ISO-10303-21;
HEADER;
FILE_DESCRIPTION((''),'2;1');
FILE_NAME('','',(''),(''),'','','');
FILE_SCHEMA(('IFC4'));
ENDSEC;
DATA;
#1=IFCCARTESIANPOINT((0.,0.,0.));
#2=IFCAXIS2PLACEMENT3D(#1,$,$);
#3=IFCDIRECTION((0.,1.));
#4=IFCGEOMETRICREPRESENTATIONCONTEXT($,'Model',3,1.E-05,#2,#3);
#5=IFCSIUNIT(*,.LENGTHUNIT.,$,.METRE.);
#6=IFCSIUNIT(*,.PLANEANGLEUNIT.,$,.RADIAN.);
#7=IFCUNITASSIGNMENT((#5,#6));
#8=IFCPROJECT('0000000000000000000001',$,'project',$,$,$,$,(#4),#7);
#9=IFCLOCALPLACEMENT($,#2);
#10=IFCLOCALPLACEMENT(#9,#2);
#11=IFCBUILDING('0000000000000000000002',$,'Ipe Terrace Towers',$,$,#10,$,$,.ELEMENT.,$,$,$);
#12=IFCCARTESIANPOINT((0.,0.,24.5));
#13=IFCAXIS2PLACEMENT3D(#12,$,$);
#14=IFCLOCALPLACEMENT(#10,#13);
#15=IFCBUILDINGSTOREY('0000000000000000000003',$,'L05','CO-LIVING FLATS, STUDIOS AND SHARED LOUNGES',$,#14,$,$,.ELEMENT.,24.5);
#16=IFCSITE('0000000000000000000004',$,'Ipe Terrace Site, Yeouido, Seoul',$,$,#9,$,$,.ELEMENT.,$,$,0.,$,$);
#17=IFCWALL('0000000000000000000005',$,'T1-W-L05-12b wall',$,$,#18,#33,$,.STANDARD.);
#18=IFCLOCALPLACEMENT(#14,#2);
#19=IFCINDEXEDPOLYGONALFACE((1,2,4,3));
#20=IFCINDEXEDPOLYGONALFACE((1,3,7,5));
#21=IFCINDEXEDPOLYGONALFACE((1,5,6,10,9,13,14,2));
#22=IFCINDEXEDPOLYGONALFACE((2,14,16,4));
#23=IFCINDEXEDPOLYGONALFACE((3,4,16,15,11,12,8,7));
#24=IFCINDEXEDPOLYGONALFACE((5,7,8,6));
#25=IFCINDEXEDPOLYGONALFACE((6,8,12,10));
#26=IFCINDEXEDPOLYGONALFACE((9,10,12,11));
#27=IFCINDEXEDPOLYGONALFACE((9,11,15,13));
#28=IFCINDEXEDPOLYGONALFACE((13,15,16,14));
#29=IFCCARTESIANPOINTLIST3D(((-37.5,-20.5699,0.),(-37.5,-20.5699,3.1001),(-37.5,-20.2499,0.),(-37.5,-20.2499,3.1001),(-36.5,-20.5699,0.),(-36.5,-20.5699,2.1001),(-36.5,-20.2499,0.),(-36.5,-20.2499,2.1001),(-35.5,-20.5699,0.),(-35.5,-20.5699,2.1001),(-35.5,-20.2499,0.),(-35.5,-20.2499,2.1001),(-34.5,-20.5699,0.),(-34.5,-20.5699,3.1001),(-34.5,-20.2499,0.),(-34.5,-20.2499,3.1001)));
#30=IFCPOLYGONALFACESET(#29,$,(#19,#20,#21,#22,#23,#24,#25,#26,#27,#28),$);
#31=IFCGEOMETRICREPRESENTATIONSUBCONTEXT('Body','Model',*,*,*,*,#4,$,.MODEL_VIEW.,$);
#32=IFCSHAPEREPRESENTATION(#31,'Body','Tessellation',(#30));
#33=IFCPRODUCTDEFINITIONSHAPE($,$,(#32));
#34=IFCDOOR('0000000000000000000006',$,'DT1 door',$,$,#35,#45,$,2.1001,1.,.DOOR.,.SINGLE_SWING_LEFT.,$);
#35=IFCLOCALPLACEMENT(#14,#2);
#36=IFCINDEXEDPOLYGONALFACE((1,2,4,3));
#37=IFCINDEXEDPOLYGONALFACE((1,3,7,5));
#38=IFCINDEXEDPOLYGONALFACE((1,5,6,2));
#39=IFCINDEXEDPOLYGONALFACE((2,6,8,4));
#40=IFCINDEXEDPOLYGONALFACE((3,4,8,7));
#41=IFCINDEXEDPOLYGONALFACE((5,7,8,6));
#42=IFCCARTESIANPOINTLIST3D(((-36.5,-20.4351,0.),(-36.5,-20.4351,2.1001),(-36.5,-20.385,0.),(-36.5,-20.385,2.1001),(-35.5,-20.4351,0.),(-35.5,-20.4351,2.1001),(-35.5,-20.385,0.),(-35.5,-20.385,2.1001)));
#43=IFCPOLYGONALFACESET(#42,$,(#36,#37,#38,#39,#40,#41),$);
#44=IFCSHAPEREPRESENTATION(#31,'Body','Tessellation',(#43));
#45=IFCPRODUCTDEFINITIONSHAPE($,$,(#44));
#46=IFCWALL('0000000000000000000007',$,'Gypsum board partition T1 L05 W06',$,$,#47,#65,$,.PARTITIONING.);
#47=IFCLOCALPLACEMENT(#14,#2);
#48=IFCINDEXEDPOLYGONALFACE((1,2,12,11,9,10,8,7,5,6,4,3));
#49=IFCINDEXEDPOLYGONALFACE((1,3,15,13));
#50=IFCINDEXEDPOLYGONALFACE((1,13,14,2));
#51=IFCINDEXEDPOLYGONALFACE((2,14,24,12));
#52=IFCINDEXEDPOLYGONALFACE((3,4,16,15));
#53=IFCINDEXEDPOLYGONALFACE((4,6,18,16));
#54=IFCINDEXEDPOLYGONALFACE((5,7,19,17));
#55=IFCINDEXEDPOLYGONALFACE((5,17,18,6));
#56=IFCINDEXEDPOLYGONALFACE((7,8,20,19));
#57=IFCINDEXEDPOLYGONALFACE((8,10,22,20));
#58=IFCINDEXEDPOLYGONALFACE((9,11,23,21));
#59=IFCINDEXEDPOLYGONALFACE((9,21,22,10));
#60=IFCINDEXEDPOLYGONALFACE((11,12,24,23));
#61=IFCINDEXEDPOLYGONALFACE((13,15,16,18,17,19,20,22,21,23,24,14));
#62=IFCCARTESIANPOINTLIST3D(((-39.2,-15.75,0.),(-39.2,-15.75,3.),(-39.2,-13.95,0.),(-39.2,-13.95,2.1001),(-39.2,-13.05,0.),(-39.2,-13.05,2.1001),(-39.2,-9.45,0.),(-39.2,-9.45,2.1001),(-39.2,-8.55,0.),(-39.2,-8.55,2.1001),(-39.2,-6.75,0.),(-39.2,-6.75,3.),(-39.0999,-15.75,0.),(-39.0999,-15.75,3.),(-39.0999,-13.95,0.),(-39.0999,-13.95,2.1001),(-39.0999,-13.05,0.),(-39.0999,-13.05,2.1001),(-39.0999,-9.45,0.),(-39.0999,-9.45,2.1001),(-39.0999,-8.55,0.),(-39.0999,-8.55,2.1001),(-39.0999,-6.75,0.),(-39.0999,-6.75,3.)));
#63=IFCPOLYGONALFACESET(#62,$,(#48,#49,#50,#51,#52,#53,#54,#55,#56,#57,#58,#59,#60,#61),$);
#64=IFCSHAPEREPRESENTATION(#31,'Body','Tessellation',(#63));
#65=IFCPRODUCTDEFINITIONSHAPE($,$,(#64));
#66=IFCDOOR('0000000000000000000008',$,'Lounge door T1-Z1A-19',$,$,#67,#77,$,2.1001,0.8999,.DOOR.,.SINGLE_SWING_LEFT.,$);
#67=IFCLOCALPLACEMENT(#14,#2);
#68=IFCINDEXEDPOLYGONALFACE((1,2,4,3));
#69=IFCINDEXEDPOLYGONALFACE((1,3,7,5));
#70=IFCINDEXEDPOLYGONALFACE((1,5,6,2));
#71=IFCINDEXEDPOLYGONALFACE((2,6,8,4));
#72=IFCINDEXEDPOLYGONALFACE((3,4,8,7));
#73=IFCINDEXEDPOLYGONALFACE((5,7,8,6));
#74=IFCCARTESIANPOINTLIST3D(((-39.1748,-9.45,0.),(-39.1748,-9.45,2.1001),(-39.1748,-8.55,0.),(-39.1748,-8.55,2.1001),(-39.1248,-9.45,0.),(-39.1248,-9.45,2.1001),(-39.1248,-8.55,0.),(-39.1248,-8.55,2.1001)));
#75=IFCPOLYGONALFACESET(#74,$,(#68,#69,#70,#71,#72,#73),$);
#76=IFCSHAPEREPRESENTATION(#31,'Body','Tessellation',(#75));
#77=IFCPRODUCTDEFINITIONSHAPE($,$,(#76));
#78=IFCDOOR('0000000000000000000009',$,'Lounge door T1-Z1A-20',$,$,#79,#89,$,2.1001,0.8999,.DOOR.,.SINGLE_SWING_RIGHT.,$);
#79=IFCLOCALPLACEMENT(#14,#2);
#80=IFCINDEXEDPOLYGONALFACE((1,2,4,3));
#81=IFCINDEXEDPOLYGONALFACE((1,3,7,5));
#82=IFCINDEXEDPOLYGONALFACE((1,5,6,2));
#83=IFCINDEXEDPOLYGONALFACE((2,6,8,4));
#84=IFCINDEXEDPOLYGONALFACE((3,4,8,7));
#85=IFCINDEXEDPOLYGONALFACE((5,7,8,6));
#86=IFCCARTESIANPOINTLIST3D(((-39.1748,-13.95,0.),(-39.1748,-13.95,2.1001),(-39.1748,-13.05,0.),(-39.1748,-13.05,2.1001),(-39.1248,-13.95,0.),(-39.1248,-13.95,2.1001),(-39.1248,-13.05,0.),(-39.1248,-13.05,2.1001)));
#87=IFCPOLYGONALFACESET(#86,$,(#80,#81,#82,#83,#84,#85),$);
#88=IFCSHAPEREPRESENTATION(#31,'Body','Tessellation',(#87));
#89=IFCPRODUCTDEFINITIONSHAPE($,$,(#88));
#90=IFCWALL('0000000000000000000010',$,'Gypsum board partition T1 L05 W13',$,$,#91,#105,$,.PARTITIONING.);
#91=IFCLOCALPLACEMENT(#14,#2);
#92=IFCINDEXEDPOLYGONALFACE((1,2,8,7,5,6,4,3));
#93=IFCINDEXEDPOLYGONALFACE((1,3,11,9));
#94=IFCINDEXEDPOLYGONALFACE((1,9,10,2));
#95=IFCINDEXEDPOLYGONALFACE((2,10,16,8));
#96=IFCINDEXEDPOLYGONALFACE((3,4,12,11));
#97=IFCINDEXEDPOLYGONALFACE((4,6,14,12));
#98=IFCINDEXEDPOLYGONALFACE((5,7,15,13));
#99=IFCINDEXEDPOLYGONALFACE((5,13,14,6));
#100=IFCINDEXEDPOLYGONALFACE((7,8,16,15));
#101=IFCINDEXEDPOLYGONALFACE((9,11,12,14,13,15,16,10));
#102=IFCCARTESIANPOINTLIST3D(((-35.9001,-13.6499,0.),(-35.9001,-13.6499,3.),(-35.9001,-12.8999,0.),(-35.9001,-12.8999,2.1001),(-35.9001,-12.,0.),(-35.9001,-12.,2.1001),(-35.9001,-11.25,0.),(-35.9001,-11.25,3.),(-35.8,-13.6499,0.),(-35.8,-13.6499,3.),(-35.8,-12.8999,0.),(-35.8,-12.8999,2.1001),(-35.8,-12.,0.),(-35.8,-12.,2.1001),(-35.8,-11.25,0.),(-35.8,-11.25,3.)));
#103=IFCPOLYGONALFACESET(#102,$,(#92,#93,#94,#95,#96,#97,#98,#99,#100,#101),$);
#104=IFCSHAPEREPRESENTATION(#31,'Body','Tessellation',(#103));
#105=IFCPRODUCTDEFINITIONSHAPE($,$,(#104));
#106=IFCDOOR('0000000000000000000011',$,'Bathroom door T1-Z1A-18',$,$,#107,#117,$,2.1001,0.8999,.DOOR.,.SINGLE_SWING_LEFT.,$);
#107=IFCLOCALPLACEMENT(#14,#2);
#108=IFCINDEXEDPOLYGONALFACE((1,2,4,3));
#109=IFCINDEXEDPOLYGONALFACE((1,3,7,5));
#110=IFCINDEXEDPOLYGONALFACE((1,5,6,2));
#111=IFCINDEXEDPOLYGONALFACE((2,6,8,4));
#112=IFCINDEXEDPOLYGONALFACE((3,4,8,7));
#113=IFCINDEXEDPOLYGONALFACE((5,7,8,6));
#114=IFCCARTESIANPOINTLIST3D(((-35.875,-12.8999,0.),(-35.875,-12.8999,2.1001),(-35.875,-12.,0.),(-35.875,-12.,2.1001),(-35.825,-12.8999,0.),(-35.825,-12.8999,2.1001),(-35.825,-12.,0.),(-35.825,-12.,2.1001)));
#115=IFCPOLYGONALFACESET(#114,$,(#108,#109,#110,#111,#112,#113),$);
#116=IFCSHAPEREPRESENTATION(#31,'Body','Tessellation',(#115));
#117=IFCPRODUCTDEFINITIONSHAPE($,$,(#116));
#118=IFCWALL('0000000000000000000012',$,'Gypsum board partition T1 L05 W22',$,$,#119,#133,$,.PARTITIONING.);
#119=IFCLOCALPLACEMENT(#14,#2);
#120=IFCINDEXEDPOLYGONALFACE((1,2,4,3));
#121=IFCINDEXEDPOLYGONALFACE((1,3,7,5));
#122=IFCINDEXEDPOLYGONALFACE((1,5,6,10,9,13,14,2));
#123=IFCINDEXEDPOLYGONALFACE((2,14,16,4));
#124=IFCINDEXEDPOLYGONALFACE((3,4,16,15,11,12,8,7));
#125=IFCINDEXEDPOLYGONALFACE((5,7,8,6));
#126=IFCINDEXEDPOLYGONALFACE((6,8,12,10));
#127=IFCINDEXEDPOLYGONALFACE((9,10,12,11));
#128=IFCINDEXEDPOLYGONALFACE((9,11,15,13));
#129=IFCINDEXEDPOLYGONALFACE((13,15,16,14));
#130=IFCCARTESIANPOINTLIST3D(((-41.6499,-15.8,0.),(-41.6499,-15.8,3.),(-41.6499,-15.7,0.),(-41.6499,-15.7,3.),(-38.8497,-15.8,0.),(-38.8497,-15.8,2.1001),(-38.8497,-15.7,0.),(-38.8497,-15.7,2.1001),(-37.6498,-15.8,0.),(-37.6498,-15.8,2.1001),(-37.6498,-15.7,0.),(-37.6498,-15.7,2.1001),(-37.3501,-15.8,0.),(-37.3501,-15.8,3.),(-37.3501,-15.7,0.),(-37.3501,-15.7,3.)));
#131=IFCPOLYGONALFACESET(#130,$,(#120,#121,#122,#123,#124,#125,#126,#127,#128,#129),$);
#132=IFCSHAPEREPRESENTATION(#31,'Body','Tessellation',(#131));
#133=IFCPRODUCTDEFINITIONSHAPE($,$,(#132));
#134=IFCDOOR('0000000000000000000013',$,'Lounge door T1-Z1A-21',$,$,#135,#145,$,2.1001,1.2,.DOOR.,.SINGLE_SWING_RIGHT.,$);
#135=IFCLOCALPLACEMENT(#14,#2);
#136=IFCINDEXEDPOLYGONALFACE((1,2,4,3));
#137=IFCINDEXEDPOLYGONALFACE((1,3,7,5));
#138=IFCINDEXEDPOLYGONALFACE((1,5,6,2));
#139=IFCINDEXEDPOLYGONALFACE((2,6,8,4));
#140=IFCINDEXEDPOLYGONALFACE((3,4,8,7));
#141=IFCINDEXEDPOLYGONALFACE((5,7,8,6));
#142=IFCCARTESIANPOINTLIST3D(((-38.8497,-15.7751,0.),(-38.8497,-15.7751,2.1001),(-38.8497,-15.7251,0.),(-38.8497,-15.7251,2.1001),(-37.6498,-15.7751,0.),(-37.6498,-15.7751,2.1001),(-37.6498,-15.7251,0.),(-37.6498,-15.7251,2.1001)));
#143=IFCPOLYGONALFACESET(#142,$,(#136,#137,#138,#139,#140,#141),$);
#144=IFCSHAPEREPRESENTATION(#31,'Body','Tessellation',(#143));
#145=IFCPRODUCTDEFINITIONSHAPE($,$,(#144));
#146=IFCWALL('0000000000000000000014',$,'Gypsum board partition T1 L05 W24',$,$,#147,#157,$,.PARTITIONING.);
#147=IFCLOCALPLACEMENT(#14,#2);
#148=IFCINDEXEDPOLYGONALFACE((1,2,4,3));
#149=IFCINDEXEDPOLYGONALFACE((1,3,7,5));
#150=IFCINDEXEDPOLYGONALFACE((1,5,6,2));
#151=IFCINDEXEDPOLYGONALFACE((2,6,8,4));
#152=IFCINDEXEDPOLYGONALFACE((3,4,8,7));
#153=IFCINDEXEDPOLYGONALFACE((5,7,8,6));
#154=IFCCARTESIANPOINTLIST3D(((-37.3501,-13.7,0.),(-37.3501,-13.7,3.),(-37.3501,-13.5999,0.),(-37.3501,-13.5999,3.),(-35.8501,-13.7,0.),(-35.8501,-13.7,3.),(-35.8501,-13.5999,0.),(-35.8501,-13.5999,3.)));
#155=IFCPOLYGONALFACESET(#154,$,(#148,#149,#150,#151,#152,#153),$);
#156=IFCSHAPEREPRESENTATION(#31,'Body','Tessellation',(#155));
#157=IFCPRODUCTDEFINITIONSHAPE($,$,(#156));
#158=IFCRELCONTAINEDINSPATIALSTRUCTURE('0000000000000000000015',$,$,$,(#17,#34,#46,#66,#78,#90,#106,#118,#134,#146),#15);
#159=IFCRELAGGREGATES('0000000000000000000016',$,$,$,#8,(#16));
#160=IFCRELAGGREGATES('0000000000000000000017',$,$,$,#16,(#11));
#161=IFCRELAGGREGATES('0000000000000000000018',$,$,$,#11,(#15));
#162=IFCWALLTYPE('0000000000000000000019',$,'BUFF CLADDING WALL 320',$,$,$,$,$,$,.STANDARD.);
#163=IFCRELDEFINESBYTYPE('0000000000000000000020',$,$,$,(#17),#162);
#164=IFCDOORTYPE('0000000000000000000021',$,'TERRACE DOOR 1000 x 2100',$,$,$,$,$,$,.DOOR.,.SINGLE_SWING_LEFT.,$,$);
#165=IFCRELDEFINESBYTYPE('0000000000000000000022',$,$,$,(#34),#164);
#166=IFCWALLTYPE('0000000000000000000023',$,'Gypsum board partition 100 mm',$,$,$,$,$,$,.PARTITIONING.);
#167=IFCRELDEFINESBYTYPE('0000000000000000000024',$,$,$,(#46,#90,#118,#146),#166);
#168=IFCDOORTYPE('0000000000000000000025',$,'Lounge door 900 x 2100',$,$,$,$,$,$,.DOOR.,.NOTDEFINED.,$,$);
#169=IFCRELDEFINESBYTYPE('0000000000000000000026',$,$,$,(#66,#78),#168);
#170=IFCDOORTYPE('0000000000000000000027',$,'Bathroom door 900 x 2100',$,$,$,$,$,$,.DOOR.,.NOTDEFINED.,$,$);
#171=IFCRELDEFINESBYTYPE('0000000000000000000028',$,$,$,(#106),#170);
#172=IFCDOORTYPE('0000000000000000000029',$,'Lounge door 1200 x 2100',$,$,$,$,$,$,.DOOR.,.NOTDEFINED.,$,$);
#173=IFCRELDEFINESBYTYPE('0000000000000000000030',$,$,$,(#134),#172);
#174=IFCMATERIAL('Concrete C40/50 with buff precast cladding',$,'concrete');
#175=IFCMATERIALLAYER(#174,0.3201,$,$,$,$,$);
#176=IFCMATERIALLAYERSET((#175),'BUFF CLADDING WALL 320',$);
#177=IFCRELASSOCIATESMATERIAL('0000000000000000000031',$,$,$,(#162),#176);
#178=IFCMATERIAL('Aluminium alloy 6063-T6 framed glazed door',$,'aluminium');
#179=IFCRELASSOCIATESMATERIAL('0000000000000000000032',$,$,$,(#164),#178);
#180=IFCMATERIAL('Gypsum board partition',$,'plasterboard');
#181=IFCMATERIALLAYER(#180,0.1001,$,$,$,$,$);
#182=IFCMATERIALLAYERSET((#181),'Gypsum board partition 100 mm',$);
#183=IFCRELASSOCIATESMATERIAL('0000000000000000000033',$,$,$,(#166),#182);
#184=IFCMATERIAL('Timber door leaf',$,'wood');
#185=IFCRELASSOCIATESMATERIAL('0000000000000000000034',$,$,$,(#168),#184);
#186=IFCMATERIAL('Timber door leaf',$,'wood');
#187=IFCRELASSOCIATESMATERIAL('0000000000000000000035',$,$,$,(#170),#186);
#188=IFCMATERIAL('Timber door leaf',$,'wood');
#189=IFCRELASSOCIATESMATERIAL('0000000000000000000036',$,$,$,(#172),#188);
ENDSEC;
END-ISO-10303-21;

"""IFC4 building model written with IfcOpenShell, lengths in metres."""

from ifc_helpers import new_model, si_unit, direction, frame, frame_2d, origin, place, context, subcontext, project, spatial, rectangle, extrude, material, layer, layer_set, type_object, element, fill, save


model = new_model("IFC4")

# Units and contexts
model_context = context("Model", 3, precision=1e-05, world=origin(), true_north=direction((0.0, 1.0)))
body_context = subcontext(model_context, "Body", "Model", "MODEL_VIEW")
ifc_project = project(units=[si_unit("LENGTHUNIT", "METRE"), si_unit("PLANEANGLEUNIT", "RADIAN")], contexts=[model_context])

# Site, building, storey
site_placement = place(None, origin())
site = spatial("IfcSite", under=ifc_project, at=site_placement, Name="Ipe Terrace Site, Yeouido, Seoul", CompositionType="ELEMENT", RefElevation=0.0)
building_placement = place(site_placement, origin())
building = spatial("IfcBuilding", under=site, at=building_placement, Name="Ipe Terrace Towers", CompositionType="ELEMENT")
storey_placement = place(building_placement, frame((0.0, 0.0, 24.5)))
storey = spatial("IfcBuildingStorey", under=building, at=storey_placement, Name="L05", Description="CO-LIVING FLATS, STUDIOS AND SHARED LOUNGES", CompositionType="ELEMENT", Elevation=24.5)

# Shared definitions
ifc_material_1 = material(Name="Concrete C40/50 with buff precast cladding", Category="concrete")
ifc_layer_1 = layer(ifc_material_1, 0.3201)
ifc_layer_set_1 = layer_set([ifc_layer_1], Name="BUFF CLADDING WALL 320")
wall_type_1 = type_object("IfcWallType", Name="BUFF CLADDING WALL 320", PredefinedType="STANDARD", material=ifc_layer_set_1)

# Wall, opening, door
wall_1_placement = place(storey_placement, frame((-37.5, -20.4099, 0.0), z_axis=(0.0, 0.0, 1.0), x_axis=(1.0, 0.0, 0.0)))
wall_1 = element("IfcWall", 1, at=wall_1_placement, inside=storey, type_object=wall_type_1, Name="T1-W-L05-12b wall", PredefinedType="STANDARD", context=body_context, shape_type="SweptSolid", body=[
    extrude(rectangle(XDim=3.0, YDim=0.3201, at=frame_2d((1.5, 0.0))), origin(), (0.0, 0.0, 1.0), 3.1001),
])
opening_1_placement = place(wall_1_placement, frame((1.0, 0.0, 0.0)))
opening_1 = element("IfcOpeningElement", 2, at=opening_1_placement, cuts=wall_1, PredefinedType="OPENING", context=body_context, shape_type="SweptSolid", body=[
    extrude(rectangle(XDim=1.0, YDim=2.1001, at=frame_2d((0.5, 1.05))), frame((0.0, 0.1699, 0.0), z_axis=(0.0, -1.0, 0.0), x_axis=(1.0, 0.0, 0.0)), (0.0, 0.0, 1.0), 0.3401),
])
ifc_material_2 = material(Name="Aluminium alloy 6063-T6 framed glazed door", Category="aluminium")
door_type_1 = type_object("IfcDoorType", Name="TERRACE DOOR 1000 x 2100", OperationType="SINGLE_SWING_LEFT", PredefinedType="DOOR", material=ifc_material_2)
door_1_placement = place(opening_1_placement, origin())
door_1 = element("IfcDoor", 3, at=door_1_placement, inside=storey, type_object=door_type_1, Name="DT1 door", OperationType="SINGLE_SWING_LEFT", OverallHeight=2.1001, OverallWidth=1.0, PredefinedType="DOOR", context=body_context, shape_type="SweptSolid", body=[
    extrude(rectangle(XDim=1.0, YDim=2.1001, at=frame_2d((0.5, 1.05))), frame((0.0, 0.0249, 0.0), z_axis=(0.0, -1.0, 0.0), x_axis=(1.0, 0.0, 0.0)), (0.0, 0.0, 1.0), 0.05),
])
fill(opening_1, door_1)

# Wall, openings, doors
ifc_material_3 = material(Name="Gypsum board partition", Category="plasterboard")
ifc_layer_2 = layer(ifc_material_3, 0.1001)
ifc_layer_set_2 = layer_set([ifc_layer_2], Name="Gypsum board partition 100 mm")
wall_type_2 = type_object("IfcWallType", Name="Gypsum board partition 100 mm", PredefinedType="PARTITIONING", material=ifc_layer_set_2)
wall_2_placement = place(storey_placement, frame((-39.1499, -15.75, 0.0), z_axis=(0.0, 0.0, 1.0), x_axis=(0.0, 1.0, 0.0)))
wall_2 = element("IfcWall", 4, at=wall_2_placement, inside=storey, type_object=wall_type_2, Name="Gypsum board partition T1 L05 W06", PredefinedType="PARTITIONING", context=body_context, shape_type="SweptSolid", body=[
    extrude(rectangle(XDim=9.0, YDim=0.1001, at=frame_2d((4.5, 0.0))), origin(), (0.0, 0.0, 1.0), 3.0),
])
opening_2_placement = place(wall_2_placement, frame((6.3, 0.0, 0.0)))
opening_2 = element("IfcOpeningElement", 5, at=opening_2_placement, cuts=wall_2, PredefinedType="OPENING", context=body_context, shape_type="SweptSolid", body=[
    extrude(rectangle(XDim=0.8999, YDim=2.1001, at=frame_2d((0.45, 1.05))), frame((0.0, 0.0601, 0.0), z_axis=(0.0, -1.0, 0.0), x_axis=(1.0, 0.0, 0.0)), (0.0, 0.0, 1.0), 0.1201),
])
opening_3_placement = place(wall_2_placement, frame((1.8, 0.0, 0.0)))
opening_3 = element("IfcOpeningElement", 6, at=opening_3_placement, cuts=wall_2, PredefinedType="OPENING", context=body_context, shape_type="SweptSolid", body=[
    extrude(rectangle(XDim=0.8999, YDim=2.1001, at=frame_2d((0.45, 1.05))), frame((0.0, 0.0601, 0.0), z_axis=(0.0, -1.0, 0.0), x_axis=(1.0, 0.0, 0.0)), (0.0, 0.0, 1.0), 0.1201),
])
ifc_material_4 = material(Name="Timber door leaf", Category="wood")
door_type_2 = type_object("IfcDoorType", Name="Lounge door 900 x 2100", OperationType="NOTDEFINED", PredefinedType="DOOR", material=ifc_material_4)
door_2_placement = place(opening_2_placement, origin())
door_2 = element("IfcDoor", 7, at=door_2_placement, inside=storey, type_object=door_type_2, Name="Lounge door T1-Z1A-19", OperationType="SINGLE_SWING_LEFT", OverallHeight=2.1001, OverallWidth=0.8999, PredefinedType="DOOR", context=body_context, shape_type="SweptSolid", body=[
    extrude(rectangle(XDim=0.8999, YDim=2.1001, at=frame_2d((0.45, 1.05))), frame((0.0, 0.0249, 0.0), z_axis=(0.0, -1.0, 0.0), x_axis=(1.0, 0.0, 0.0)), (0.0, 0.0, 1.0), 0.05),
])
fill(opening_2, door_2)
door_3_placement = place(opening_3_placement, origin())
door_3 = element("IfcDoor", 8, at=door_3_placement, inside=storey, type_object=door_type_2, Name="Lounge door T1-Z1A-20", OperationType="SINGLE_SWING_RIGHT", OverallHeight=2.1001, OverallWidth=0.8999, PredefinedType="DOOR", context=body_context, shape_type="SweptSolid", body=[
    extrude(rectangle(XDim=0.8999, YDim=2.1001, at=frame_2d((0.45, 1.05))), frame((0.0, 0.0249, 0.0), z_axis=(0.0, -1.0, 0.0), x_axis=(1.0, 0.0, 0.0)), (0.0, 0.0, 1.0), 0.05),
])
fill(opening_3, door_3)

# Walls, openings, doors
wall_3_placement = place(storey_placement, frame((-35.8501, -13.6499, 0.0), z_axis=(0.0, 0.0, 1.0), x_axis=(0.0, 1.0, 0.0)))
wall_3 = element("IfcWall", 9, at=wall_3_placement, inside=storey, type_object=wall_type_2, Name="Gypsum board partition T1 L05 W13", PredefinedType="PARTITIONING", context=body_context, shape_type="SweptSolid", body=[
    extrude(rectangle(XDim=2.3999, YDim=0.1001, at=frame_2d((1.2, 0.0))), origin(), (0.0, 0.0, 1.0), 3.0),
])
opening_4_placement = place(wall_3_placement, frame((0.75, 0.0, 0.0)))
opening_4 = element("IfcOpeningElement", 10, at=opening_4_placement, cuts=wall_3, PredefinedType="OPENING", context=body_context, shape_type="SweptSolid", body=[
    extrude(rectangle(XDim=0.8999, YDim=2.1001, at=frame_2d((0.45, 1.05))), frame((0.0, 0.0601, 0.0), z_axis=(0.0, -1.0, 0.0), x_axis=(1.0, 0.0, 0.0)), (0.0, 0.0, 1.0), 0.1201),
])
ifc_material_5 = material(Name="Timber door leaf", Category="wood")
door_type_3 = type_object("IfcDoorType", Name="Bathroom door 900 x 2100", OperationType="NOTDEFINED", PredefinedType="DOOR", material=ifc_material_5)
door_4_placement = place(opening_4_placement, origin())
door_4 = element("IfcDoor", 11, at=door_4_placement, inside=storey, type_object=door_type_3, Name="Bathroom door T1-Z1A-18", OperationType="SINGLE_SWING_LEFT", OverallHeight=2.1001, OverallWidth=0.8999, PredefinedType="DOOR", context=body_context, shape_type="SweptSolid", body=[
    extrude(rectangle(XDim=0.8999, YDim=2.1001, at=frame_2d((0.45, 1.05))), frame((0.0, 0.0249, 0.0), z_axis=(0.0, -1.0, 0.0), x_axis=(1.0, 0.0, 0.0)), (0.0, 0.0, 1.0), 0.05),
])
fill(opening_4, door_4)
wall_4_placement = place(storey_placement, frame((-41.6499, -15.75, 0.0), z_axis=(0.0, 0.0, 1.0), x_axis=(1.0, 0.0, 0.0)))
wall_4 = element("IfcWall", 12, at=wall_4_placement, inside=storey, type_object=wall_type_2, Name="Gypsum board partition T1 L05 W22", PredefinedType="PARTITIONING", context=body_context, shape_type="SweptSolid", body=[
    extrude(rectangle(XDim=4.2998, YDim=0.1001, at=frame_2d((2.1499, 0.0))), origin(), (0.0, 0.0, 1.0), 3.0),
])
opening_5_placement = place(wall_4_placement, frame((2.8, 0.0, 0.0)))
opening_5 = element("IfcOpeningElement", 13, at=opening_5_placement, cuts=wall_4, PredefinedType="OPENING", context=body_context, shape_type="SweptSolid", body=[
    extrude(rectangle(XDim=1.2, YDim=2.1001, at=frame_2d((0.6001, 1.05))), frame((0.0, 0.0601, 0.0), z_axis=(0.0, -1.0, 0.0), x_axis=(1.0, 0.0, 0.0)), (0.0, 0.0, 1.0), 0.1201),
])
ifc_material_6 = material(Name="Timber door leaf", Category="wood")
door_type_4 = type_object("IfcDoorType", Name="Lounge door 1200 x 2100", OperationType="NOTDEFINED", PredefinedType="DOOR", material=ifc_material_6)
door_5_placement = place(opening_5_placement, origin())
door_5 = element("IfcDoor", 14, at=door_5_placement, inside=storey, type_object=door_type_4, Name="Lounge door T1-Z1A-21", OperationType="SINGLE_SWING_RIGHT", OverallHeight=2.1001, OverallWidth=1.2, PredefinedType="DOOR", context=body_context, shape_type="SweptSolid", body=[
    extrude(rectangle(XDim=1.2, YDim=2.1001, at=frame_2d((0.6001, 1.05))), frame((0.0, 0.0249, 0.0), z_axis=(0.0, -1.0, 0.0), x_axis=(1.0, 0.0, 0.0)), (0.0, 0.0, 1.0), 0.05),
])
fill(opening_5, door_5)

# Wall
wall_5_placement = place(storey_placement, frame((-37.3501, -13.6499, 0.0), z_axis=(0.0, 0.0, 1.0), x_axis=(1.0, 0.0, 0.0)))
element("IfcWall", 15, at=wall_5_placement, inside=storey, type_object=wall_type_2, Name="Gypsum board partition T1 L05 W24", PredefinedType="PARTITIONING", context=body_context, shape_type="SweptSolid", body=[
    extrude(rectangle(XDim=1.5, YDim=0.1001, at=frame_2d((0.75, 0.0))), origin(), (0.0, 0.0, 1.0), 3.0),
])

save(model, "model.ifc")
